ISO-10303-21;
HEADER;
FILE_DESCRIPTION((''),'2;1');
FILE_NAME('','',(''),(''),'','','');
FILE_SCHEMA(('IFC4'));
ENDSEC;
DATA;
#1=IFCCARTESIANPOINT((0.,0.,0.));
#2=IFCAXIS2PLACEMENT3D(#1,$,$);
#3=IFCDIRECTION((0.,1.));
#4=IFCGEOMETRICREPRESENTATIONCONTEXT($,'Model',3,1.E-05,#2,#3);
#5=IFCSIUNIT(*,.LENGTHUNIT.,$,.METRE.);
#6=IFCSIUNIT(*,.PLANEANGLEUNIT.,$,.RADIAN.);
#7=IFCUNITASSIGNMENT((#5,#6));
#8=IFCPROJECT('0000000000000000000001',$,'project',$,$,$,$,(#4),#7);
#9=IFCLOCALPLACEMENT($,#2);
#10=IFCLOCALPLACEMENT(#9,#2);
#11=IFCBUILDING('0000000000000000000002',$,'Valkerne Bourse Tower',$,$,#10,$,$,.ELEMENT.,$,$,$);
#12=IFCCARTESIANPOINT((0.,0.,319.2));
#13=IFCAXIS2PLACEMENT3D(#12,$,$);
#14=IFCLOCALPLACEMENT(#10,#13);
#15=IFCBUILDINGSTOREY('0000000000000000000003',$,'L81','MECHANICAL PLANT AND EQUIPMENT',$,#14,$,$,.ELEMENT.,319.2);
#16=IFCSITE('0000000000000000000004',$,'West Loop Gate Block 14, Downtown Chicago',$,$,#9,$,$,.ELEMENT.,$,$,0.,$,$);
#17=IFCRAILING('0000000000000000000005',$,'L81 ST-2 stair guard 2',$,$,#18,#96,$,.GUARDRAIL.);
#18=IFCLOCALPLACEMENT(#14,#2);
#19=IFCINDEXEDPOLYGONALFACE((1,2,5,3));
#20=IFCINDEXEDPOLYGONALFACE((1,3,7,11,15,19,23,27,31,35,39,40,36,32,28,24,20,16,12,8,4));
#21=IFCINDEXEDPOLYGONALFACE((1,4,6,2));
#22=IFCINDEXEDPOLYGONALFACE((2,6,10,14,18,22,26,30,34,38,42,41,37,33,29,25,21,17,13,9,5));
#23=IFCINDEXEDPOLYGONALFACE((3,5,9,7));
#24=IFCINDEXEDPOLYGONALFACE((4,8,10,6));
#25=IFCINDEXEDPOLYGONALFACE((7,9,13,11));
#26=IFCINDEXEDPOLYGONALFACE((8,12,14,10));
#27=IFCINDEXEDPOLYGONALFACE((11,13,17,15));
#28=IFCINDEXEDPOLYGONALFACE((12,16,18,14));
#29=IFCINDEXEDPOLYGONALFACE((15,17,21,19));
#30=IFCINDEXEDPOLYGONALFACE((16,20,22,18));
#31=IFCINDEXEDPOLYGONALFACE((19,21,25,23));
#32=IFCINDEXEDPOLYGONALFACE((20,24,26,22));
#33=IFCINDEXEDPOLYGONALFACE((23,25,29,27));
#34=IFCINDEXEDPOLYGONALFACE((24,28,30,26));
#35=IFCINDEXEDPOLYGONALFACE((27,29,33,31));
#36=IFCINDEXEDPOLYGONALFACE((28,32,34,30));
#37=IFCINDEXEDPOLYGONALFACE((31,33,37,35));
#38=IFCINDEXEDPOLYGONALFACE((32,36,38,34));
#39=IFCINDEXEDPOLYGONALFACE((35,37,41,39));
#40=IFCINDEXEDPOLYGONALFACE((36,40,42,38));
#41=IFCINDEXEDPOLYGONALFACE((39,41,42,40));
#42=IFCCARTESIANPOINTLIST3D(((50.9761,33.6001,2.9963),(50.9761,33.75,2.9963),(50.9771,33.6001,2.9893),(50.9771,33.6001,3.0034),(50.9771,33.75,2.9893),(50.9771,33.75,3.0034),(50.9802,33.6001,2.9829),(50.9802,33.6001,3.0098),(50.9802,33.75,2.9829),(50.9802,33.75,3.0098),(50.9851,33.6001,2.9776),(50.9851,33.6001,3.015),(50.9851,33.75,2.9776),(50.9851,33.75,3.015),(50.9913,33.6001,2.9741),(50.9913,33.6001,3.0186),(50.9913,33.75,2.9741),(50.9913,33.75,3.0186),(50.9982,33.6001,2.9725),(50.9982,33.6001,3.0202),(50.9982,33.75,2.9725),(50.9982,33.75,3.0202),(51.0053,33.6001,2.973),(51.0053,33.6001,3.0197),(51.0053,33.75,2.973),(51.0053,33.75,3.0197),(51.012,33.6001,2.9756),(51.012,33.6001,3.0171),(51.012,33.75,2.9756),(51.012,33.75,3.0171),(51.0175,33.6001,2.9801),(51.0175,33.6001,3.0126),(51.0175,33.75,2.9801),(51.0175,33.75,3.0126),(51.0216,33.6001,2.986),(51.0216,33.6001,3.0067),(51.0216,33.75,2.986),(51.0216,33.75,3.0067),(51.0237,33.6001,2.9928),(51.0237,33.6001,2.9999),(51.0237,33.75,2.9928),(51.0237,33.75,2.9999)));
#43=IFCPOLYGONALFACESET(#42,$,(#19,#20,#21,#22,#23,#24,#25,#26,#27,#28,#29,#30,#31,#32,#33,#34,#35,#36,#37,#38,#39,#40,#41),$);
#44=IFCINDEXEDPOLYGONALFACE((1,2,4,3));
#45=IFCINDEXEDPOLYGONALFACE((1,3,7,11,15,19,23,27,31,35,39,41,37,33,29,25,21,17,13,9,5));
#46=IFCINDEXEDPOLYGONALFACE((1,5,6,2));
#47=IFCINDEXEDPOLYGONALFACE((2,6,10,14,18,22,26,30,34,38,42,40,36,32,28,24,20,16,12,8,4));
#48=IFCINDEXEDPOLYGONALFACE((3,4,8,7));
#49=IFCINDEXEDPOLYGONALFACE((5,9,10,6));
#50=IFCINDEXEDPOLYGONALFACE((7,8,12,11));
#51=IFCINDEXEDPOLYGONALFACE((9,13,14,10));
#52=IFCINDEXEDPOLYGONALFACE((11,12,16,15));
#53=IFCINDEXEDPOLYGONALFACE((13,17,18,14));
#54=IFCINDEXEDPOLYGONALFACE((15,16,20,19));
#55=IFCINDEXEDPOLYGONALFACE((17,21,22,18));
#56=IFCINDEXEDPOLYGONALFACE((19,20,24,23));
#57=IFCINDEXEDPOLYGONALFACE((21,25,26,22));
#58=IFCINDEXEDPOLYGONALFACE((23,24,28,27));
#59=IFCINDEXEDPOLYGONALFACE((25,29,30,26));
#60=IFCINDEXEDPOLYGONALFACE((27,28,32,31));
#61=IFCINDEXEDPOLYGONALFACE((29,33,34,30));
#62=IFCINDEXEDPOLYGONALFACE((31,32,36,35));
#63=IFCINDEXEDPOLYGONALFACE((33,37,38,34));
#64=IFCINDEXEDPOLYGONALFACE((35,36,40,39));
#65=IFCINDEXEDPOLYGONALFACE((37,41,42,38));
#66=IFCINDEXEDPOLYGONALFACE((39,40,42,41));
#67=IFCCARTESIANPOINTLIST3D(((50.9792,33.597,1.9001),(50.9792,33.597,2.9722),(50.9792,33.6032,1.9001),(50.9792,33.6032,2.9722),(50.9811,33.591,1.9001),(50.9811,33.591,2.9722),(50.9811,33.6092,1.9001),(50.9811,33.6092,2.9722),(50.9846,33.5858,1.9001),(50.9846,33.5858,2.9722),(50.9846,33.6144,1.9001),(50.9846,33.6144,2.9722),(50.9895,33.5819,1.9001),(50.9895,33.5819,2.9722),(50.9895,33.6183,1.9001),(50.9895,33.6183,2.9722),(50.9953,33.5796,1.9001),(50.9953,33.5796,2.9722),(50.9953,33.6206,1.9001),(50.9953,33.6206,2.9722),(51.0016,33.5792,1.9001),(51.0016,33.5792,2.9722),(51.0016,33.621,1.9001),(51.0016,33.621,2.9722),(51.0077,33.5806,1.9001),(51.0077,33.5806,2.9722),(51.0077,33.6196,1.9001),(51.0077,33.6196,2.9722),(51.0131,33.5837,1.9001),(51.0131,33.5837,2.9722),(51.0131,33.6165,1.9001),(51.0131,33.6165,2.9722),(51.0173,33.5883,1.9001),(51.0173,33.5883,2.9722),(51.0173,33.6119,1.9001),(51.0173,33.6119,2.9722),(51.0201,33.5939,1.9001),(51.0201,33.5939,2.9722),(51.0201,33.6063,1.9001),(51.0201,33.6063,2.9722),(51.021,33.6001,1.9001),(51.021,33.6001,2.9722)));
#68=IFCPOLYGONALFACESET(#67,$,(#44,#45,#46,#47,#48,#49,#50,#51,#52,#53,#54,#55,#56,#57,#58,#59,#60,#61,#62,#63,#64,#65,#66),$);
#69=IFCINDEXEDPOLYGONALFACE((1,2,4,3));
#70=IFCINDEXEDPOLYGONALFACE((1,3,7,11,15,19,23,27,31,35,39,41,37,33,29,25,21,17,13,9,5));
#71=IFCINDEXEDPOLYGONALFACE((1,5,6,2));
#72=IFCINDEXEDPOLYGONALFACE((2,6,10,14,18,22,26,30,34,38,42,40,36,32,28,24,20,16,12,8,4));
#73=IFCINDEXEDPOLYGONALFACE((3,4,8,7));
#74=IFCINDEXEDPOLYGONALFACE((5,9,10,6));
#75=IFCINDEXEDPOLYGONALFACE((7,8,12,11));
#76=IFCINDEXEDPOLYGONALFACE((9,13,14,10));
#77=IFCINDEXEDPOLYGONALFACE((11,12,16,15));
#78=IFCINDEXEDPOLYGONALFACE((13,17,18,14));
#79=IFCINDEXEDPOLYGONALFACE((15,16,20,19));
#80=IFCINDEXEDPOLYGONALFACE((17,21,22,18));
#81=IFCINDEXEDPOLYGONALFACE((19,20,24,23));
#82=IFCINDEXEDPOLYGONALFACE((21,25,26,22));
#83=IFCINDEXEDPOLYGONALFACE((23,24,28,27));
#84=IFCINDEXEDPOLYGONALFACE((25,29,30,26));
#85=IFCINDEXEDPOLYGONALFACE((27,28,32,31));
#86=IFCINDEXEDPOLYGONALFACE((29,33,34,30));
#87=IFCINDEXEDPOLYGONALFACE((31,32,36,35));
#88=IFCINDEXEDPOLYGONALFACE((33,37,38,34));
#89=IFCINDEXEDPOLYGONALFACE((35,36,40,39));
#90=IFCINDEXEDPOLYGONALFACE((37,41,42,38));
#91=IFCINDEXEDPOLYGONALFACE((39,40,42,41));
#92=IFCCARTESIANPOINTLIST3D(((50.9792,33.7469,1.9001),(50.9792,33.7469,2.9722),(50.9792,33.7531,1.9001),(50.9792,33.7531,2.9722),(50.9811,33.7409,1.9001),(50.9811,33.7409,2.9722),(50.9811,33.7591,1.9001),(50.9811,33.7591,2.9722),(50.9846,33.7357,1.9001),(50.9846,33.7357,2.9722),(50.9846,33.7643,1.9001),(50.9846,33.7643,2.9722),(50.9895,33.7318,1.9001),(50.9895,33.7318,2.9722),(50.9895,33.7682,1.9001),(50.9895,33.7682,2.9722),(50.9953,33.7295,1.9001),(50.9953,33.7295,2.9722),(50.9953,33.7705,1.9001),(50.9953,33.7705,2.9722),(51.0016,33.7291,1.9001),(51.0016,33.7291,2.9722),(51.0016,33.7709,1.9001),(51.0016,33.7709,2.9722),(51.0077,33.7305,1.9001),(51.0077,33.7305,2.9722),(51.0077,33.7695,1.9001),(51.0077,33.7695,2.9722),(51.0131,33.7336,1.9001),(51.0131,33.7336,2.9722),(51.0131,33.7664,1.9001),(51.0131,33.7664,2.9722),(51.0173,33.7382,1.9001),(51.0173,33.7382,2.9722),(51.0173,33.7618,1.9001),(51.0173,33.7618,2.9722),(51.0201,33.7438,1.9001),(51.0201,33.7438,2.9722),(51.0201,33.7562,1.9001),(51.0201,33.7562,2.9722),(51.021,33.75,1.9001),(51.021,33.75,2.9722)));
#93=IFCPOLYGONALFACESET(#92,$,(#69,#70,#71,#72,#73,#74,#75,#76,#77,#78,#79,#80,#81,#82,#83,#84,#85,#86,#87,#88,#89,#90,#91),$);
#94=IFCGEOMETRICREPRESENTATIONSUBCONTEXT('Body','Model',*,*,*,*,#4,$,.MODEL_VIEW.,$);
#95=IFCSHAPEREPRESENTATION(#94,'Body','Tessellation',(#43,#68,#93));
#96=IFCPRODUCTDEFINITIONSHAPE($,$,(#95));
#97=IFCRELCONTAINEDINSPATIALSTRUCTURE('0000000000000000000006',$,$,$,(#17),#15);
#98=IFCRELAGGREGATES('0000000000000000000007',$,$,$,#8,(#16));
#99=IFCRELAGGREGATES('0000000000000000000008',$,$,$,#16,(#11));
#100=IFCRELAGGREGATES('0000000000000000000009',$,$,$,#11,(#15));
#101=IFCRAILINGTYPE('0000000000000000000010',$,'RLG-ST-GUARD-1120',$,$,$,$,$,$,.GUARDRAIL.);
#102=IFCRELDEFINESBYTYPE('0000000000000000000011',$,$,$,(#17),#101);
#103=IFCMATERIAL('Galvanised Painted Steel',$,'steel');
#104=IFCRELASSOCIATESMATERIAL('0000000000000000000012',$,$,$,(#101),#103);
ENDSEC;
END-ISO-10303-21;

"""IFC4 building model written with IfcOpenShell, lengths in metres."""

from ifc_helpers import new_model, si_unit, direction, frame, origin, origin_2d, place, context, subcontext, project, spatial, circle, extrude, material, type_object, element, save


model = new_model("IFC4")

# Units and contexts
model_context = context("Model", 3, precision=1e-05, world=origin(), true_north=direction((0.0, 1.0)))
body_context = subcontext(model_context, "Body", "Model", "MODEL_VIEW")
ifc_project = project(units=[si_unit("LENGTHUNIT", "METRE"), si_unit("PLANEANGLEUNIT", "RADIAN")], contexts=[model_context])

# Site, building, storey
site_placement = place(None, origin())
site = spatial("IfcSite", under=ifc_project, at=site_placement, Name="West Loop Gate Block 14, Downtown Chicago", CompositionType="ELEMENT", RefElevation=0.0)
building_placement = place(site_placement, origin())
building = spatial("IfcBuilding", under=site, at=building_placement, Name="Valkerne Bourse Tower", CompositionType="ELEMENT")
storey_placement = place(building_placement, frame((0.0, 0.0, 319.2)))
storey = spatial("IfcBuildingStorey", under=building, at=storey_placement, Name="L81", Description="MECHANICAL PLANT AND EQUIPMENT", CompositionType="ELEMENT", Elevation=319.2)

# Shared definitions
ifc_material_1 = material(Name="Galvanised Painted Steel", Category="steel")

# Railing
railing_type_1 = type_object("IfcRailingType", Name="RLG-ST-GUARD-1120", PredefinedType="GUARDRAIL", material=ifc_material_1)
railing_1_placement = place(storey_placement, frame((51.0, 33.6001, 1.9001)))
element("IfcRailing", 1, at=railing_1_placement, inside=storey, type_object=railing_type_1, Name="L81 ST-2 stair guard 2", PredefinedType="GUARDRAIL", context=body_context, shape_type="SweptSolid", body=[
    extrude(circle(Radius=0.0239, at=origin_2d()), frame((0.0, 0.0, 1.0962), z_axis=(0.0, 1.0, 0.0), x_axis=(-1.0, 0.0, 0.0)), (0.0, 0.0, 1.0), 0.1499),
    extrude(circle(Radius=0.021, at=origin_2d()), origin(), (0.0, 0.0, 1.0), 1.072),
    extrude(circle(Radius=0.021, at=origin_2d()), frame((0.0, 0.1499, 0.0)), (0.0, 0.0, 1.0), 1.072),
])

save(model, "model.ifc")
